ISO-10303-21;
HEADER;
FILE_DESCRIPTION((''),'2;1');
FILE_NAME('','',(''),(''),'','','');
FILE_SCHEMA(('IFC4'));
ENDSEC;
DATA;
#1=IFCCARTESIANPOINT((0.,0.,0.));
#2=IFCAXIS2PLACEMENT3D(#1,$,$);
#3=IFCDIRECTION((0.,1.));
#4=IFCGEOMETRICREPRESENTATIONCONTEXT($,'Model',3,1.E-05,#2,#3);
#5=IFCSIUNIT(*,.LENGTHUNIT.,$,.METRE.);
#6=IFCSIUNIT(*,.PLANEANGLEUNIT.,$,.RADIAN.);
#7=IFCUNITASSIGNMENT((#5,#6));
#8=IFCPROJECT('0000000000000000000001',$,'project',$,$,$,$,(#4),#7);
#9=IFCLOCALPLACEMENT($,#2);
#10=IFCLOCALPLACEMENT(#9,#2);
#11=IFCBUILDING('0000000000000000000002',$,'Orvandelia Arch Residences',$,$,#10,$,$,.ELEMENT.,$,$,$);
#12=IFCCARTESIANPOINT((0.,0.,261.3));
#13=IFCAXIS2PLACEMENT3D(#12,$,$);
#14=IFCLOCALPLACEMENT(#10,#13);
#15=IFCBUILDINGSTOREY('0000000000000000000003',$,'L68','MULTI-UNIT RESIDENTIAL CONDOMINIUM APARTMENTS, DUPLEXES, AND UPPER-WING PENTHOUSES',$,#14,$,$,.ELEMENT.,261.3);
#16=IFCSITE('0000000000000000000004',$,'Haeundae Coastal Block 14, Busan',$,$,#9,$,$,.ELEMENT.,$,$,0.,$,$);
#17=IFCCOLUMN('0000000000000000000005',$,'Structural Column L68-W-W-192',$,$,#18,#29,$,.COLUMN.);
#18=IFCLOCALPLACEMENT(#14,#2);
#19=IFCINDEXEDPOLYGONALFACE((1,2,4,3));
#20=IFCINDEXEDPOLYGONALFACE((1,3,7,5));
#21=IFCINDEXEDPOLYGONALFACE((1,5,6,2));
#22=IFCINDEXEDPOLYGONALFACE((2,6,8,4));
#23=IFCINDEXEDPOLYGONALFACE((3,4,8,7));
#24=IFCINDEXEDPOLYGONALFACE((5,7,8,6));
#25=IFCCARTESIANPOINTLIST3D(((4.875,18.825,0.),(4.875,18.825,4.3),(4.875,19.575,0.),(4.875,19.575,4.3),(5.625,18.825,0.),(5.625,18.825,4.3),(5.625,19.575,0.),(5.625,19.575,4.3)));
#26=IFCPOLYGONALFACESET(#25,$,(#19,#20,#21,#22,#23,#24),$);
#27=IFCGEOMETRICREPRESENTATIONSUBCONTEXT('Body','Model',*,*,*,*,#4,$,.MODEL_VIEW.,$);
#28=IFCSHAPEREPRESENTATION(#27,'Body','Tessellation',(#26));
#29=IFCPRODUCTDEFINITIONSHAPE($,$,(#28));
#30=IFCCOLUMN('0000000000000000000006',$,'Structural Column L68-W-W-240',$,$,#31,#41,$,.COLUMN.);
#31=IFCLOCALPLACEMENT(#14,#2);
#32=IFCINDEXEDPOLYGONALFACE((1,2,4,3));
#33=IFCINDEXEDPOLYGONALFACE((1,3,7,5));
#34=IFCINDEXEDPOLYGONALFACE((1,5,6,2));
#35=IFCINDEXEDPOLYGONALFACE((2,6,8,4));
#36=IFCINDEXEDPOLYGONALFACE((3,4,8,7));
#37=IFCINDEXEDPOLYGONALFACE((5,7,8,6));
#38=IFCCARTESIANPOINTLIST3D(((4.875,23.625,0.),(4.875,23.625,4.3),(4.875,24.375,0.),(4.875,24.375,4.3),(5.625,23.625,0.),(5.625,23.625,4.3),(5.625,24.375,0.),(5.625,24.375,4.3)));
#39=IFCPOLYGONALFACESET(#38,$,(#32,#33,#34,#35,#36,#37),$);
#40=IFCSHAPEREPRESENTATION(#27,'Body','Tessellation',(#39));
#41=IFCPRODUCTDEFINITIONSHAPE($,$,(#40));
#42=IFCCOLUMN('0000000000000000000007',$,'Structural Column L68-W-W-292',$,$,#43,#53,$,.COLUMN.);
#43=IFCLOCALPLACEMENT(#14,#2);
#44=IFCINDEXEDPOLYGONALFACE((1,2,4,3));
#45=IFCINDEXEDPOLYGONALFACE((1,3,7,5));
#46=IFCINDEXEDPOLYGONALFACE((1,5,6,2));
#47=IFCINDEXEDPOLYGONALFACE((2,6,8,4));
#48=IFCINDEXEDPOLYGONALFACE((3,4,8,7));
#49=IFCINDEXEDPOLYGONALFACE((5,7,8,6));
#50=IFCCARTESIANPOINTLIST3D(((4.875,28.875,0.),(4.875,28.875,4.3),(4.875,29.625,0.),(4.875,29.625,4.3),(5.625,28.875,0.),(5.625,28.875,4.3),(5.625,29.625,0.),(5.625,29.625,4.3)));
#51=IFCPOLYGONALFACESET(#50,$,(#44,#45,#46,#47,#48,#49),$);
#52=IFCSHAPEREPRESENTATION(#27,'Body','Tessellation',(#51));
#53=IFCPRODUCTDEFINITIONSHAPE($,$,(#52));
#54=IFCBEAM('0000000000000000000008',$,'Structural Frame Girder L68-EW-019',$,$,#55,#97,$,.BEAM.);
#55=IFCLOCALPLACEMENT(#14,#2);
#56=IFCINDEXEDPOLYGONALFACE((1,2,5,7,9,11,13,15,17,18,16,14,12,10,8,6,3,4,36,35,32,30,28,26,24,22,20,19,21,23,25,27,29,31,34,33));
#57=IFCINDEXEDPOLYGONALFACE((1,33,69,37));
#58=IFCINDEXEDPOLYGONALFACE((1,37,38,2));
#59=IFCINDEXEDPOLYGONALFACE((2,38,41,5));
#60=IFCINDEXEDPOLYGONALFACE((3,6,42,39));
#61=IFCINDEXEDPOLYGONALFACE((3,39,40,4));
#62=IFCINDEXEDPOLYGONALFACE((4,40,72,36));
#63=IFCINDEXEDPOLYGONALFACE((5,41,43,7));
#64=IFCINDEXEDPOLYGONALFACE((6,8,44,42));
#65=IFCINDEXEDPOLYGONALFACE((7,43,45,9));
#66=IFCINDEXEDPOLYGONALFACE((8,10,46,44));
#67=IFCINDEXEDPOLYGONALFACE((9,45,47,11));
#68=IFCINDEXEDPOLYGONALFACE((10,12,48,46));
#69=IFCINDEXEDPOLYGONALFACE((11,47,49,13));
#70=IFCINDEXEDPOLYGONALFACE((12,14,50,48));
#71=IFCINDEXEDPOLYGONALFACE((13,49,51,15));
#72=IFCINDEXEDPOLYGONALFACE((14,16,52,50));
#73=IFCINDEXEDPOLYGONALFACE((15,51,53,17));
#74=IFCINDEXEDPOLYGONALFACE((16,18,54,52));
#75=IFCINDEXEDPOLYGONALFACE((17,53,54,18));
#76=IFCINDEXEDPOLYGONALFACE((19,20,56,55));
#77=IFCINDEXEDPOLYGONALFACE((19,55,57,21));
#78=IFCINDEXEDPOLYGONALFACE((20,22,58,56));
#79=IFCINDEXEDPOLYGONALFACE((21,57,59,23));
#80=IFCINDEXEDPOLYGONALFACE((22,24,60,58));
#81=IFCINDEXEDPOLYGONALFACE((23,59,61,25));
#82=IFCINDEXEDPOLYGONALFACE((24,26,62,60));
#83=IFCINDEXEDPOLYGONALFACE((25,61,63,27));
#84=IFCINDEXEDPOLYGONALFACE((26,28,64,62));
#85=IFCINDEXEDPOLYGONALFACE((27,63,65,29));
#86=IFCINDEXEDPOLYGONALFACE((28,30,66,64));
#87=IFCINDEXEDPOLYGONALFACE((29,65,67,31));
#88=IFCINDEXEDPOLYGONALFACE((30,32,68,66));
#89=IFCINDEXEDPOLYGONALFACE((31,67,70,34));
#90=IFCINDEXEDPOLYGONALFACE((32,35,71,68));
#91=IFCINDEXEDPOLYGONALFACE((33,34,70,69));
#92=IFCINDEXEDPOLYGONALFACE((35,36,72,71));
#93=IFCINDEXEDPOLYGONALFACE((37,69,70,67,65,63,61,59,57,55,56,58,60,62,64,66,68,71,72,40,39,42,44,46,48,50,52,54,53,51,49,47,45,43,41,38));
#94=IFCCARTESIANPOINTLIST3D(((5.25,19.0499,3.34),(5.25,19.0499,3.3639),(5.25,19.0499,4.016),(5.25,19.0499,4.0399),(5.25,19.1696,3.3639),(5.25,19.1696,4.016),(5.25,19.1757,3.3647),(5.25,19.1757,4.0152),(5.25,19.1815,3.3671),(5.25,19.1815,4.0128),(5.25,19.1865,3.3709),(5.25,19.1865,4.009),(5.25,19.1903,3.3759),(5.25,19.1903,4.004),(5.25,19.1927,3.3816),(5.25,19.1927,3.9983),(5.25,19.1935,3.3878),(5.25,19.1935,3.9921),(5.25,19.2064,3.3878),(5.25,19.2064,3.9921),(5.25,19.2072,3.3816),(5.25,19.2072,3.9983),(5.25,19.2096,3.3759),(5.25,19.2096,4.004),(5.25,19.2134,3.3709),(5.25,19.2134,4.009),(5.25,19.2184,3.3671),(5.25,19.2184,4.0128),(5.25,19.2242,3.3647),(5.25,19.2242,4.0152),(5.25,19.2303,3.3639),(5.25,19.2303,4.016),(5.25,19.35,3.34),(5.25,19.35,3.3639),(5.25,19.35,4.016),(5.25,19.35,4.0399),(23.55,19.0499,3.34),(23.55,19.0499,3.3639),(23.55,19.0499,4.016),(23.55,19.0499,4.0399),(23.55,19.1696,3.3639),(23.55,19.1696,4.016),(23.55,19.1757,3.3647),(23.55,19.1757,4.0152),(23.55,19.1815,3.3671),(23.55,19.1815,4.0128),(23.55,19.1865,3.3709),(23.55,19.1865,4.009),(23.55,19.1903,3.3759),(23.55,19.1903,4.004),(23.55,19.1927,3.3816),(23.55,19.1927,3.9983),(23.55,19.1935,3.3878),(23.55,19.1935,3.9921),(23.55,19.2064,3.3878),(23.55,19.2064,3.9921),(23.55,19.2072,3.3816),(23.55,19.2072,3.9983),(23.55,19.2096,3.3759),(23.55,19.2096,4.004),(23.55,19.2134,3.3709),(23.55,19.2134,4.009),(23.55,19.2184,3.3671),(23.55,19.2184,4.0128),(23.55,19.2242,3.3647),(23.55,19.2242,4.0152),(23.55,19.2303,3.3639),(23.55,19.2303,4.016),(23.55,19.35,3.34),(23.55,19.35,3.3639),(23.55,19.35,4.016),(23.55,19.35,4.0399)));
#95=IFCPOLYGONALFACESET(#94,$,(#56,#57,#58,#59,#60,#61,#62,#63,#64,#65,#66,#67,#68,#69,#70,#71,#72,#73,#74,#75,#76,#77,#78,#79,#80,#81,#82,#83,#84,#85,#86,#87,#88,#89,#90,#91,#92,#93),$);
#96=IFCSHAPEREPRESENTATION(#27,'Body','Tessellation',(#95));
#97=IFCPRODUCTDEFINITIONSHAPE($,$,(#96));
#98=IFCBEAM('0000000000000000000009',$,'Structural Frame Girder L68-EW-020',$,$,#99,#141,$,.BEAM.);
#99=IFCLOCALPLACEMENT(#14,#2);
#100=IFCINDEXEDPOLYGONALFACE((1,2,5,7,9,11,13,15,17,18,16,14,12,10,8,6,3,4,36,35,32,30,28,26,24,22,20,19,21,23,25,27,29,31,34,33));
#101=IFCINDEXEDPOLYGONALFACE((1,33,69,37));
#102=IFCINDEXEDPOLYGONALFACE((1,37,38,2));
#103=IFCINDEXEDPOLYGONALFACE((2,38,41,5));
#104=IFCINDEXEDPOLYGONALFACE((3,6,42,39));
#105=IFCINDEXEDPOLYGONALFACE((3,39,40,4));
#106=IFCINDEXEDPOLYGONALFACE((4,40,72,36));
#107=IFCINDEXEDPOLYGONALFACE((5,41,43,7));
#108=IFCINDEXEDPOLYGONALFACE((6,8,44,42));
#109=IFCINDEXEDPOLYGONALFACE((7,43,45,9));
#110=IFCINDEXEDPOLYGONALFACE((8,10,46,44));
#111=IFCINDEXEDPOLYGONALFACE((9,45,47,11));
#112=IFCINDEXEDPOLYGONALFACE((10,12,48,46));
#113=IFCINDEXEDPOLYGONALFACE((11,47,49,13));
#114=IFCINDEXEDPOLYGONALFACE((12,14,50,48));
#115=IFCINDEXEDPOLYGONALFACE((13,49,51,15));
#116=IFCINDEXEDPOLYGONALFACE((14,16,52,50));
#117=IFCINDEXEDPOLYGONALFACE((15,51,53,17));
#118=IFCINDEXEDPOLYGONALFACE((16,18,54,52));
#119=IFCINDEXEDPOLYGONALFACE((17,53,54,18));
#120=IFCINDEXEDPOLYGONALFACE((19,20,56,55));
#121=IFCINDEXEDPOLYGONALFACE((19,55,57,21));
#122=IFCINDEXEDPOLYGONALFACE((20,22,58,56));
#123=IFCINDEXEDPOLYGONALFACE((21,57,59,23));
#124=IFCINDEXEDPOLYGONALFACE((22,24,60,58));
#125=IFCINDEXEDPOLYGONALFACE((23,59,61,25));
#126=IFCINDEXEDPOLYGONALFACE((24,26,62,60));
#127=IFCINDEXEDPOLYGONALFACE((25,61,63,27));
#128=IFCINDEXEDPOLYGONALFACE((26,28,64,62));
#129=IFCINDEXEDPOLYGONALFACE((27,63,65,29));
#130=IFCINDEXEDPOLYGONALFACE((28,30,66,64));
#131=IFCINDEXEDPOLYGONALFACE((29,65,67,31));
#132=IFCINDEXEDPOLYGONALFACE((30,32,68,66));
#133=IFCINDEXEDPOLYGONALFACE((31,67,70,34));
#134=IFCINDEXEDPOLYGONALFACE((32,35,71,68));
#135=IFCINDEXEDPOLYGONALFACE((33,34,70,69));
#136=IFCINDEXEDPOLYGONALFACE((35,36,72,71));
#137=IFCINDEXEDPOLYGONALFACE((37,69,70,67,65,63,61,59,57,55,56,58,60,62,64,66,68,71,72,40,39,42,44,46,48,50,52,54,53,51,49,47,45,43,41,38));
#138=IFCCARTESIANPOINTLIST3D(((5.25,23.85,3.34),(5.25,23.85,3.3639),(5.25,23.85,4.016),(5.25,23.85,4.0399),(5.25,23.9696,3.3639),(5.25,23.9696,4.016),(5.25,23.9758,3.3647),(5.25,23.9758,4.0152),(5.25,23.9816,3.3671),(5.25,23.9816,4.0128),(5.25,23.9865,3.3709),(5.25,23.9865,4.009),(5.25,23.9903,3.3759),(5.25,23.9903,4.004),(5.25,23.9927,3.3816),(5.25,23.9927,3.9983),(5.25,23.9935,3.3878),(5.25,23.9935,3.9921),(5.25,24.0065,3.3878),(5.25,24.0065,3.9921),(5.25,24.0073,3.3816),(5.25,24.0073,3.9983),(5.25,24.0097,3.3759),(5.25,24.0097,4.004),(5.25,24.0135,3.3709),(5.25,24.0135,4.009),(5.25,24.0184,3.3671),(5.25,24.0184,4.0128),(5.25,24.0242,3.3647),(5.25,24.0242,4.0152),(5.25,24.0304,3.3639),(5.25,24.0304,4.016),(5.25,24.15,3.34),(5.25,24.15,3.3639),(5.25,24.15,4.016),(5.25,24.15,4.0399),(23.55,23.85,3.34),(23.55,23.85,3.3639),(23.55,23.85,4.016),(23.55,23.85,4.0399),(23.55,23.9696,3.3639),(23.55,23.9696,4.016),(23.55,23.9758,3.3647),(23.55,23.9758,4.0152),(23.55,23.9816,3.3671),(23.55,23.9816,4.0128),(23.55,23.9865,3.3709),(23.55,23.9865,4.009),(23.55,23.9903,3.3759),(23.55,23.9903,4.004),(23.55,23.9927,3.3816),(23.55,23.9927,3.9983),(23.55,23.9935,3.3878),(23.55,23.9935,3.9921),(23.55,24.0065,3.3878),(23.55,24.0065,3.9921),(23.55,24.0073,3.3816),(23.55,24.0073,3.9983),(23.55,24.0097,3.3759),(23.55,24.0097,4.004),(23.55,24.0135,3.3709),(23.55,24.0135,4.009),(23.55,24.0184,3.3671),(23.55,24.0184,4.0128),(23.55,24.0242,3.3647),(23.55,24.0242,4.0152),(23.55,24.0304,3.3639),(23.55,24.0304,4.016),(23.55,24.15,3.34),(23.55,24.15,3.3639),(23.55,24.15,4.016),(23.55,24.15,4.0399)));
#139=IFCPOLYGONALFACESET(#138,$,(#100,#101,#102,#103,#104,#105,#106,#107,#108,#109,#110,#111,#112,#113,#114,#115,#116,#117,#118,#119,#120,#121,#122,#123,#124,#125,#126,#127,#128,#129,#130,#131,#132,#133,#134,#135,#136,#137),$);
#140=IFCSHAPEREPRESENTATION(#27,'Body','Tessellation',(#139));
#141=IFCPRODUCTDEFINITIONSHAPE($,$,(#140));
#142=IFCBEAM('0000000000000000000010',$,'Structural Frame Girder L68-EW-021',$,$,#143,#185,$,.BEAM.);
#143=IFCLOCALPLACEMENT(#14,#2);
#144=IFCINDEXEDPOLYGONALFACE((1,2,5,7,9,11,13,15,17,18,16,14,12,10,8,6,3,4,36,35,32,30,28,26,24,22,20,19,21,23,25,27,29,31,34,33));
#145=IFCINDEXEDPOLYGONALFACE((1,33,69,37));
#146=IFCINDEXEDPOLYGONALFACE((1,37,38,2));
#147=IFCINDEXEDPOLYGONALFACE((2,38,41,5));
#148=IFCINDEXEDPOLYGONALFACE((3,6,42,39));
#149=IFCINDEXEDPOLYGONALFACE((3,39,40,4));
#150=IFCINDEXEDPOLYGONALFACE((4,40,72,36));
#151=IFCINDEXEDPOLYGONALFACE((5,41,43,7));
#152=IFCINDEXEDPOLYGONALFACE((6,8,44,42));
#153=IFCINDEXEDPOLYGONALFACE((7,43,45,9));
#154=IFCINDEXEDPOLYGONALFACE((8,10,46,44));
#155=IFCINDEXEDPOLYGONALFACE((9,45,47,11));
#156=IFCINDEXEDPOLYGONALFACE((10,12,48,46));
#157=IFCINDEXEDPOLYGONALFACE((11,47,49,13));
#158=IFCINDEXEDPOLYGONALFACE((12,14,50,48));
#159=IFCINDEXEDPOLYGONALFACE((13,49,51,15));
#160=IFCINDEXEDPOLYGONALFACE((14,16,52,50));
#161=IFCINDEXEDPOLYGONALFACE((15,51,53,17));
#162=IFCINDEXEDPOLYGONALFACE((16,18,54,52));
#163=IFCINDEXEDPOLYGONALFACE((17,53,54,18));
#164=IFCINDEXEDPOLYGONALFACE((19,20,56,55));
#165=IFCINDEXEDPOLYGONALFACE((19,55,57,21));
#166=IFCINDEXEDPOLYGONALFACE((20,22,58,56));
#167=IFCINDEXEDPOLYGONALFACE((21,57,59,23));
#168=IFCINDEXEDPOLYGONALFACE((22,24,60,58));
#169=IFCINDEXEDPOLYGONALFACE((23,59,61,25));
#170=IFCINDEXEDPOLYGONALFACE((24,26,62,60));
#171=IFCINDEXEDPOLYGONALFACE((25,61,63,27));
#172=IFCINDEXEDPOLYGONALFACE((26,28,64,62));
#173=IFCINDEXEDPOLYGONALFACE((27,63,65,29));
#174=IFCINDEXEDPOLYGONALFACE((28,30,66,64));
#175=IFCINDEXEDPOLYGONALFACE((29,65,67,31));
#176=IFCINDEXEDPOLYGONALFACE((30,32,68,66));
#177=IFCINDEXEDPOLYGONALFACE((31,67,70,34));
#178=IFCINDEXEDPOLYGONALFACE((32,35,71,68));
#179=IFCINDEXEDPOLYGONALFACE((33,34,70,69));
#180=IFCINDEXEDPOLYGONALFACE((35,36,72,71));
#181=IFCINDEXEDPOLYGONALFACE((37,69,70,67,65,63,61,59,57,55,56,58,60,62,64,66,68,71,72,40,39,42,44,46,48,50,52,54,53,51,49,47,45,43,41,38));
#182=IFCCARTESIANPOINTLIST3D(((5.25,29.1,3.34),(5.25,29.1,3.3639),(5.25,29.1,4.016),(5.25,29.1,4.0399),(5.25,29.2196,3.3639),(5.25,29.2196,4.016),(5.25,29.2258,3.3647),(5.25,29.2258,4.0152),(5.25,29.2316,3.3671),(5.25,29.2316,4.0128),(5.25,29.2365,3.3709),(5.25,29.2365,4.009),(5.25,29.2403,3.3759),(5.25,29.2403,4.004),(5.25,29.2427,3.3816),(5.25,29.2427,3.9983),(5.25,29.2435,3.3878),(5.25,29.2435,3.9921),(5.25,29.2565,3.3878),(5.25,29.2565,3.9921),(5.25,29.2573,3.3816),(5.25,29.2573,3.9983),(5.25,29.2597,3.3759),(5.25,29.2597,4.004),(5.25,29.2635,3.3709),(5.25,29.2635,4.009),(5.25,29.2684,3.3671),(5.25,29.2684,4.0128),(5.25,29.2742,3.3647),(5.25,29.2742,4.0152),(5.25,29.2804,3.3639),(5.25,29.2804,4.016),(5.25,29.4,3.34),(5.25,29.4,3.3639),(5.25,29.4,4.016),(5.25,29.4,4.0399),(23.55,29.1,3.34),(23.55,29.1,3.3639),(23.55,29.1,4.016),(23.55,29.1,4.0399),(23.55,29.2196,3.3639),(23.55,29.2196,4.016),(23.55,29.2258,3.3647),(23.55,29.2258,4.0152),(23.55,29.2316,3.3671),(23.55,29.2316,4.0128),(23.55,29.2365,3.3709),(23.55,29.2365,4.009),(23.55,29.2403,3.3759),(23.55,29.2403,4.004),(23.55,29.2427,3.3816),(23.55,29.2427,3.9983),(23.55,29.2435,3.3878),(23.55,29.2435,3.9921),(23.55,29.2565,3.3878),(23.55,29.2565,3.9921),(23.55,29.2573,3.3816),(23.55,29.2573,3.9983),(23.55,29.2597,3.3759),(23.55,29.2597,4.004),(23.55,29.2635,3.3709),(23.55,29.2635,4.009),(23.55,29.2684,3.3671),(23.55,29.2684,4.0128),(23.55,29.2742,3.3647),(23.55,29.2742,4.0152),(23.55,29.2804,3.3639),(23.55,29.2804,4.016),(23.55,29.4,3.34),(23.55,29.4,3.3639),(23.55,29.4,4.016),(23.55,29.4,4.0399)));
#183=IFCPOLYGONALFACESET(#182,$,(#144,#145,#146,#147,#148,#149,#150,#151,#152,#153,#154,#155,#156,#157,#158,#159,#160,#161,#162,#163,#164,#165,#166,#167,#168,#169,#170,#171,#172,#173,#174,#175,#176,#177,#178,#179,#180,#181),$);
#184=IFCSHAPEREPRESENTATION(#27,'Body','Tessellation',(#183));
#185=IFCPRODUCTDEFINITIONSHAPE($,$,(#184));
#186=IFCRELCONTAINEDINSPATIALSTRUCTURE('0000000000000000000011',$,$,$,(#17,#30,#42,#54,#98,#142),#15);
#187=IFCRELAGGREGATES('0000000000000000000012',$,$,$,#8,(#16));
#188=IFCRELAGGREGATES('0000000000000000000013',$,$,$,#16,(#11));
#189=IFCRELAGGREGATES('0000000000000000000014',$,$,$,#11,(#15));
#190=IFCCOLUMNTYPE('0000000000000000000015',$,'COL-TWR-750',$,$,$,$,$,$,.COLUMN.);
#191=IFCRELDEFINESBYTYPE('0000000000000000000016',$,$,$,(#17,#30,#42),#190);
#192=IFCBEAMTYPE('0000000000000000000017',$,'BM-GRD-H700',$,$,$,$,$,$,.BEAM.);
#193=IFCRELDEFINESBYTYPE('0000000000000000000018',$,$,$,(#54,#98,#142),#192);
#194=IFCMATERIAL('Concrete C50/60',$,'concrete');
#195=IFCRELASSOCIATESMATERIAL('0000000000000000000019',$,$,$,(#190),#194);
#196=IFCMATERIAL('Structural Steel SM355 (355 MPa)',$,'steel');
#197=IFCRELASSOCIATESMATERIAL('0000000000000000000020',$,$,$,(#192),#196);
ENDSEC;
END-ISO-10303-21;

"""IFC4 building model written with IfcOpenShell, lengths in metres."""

from ifc_helpers import new_model, si_unit, direction, frame, origin, origin_2d, place, context, subcontext, project, spatial, rectangle, i_section, extrude, material, material_profile, profile_set, type_object, element, save


model = new_model("IFC4")

# Units and contexts
model_context = context("Model", 3, precision=1e-05, world=origin(), true_north=direction((0.0, 1.0)))
body_context = subcontext(model_context, "Body", "Model", "MODEL_VIEW")
ifc_project = project(units=[si_unit("LENGTHUNIT", "METRE"), si_unit("PLANEANGLEUNIT", "RADIAN")], contexts=[model_context])

# Site, building, storey
site_placement = place(None, origin())
site = spatial("IfcSite", under=ifc_project, at=site_placement, Name="Haeundae Coastal Block 14, Busan", CompositionType="ELEMENT", RefElevation=0.0)
building_placement = place(site_placement, origin())
building = spatial("IfcBuilding", under=site, at=building_placement, Name="Orvandelia Arch Residences", CompositionType="ELEMENT")
storey_placement = place(building_placement, frame((0.0, 0.0, 261.3)))
storey = spatial("IfcBuildingStorey", under=building, at=storey_placement, Name="L68", Description="MULTI-UNIT RESIDENTIAL CONDOMINIUM APARTMENTS, DUPLEXES, AND UPPER-WING PENTHOUSES", CompositionType="ELEMENT", Elevation=261.3)

# Columns
ifc_material_1 = material(Name="Concrete C50/60", Category="concrete")
ifc_material_profile_1 = material_profile(ifc_material_1, rectangle(XDim=0.75, YDim=0.75, at=origin_2d()), Name="Concrete C50/60", Category="concrete")
ifc_profile_set_1 = profile_set([ifc_material_profile_1], Name="Concrete C50/60")
column_type = type_object("IfcColumnType", Name="COL-TWR-750", PredefinedType="COLUMN", material=ifc_profile_set_1)
for number, where, z_axis, x_axis, name in (
    (1, (5.25, 19.2, 0.0), (0.0, 0.0, 1.0), (1.0, 0.0, 0.0), "Structural Column L68-W-W-192"),
    (2, (5.25, 24.0, 0.0), (0.0, 0.0, 1.0), (1.0, 0.0, 0.0), "Structural Column L68-W-W-240"),
    (3, (5.25, 29.25, 0.0), (0.0, 0.0, 1.0), (1.0, 0.0, 0.0), "Structural Column L68-W-W-292"),
):
    element("IfcColumn", number, at=place(storey_placement, frame(where, z_axis=z_axis, x_axis=x_axis)), inside=storey, type_object=column_type, Name=name, PredefinedType="COLUMN", context=body_context, shape_type="SweptSolid", body=[
        extrude(rectangle(XDim=0.75, YDim=0.75, at=origin_2d()), origin(), (0.0, 0.0, 1.0), 4.3),
    ])

# Beams
ifc_material_2 = material(Name="Structural Steel SM355 (355 MPa)", Category="steel")
ifc_material_profile_2 = material_profile(ifc_material_2, i_section(OverallWidth=0.3, OverallDepth=0.7, WebThickness=0.0129, FlangeThickness=0.0239, FilletRadius=0.0239, at=origin_2d()), Name="Structural Steel SM355 (355 MPa)", Category="steel")
ifc_profile_set_2 = profile_set([ifc_material_profile_2], Name="Structural Steel SM355 (355 MPa)")
beam_type_1 = type_object("IfcBeamType", Name="BM-GRD-H700", PredefinedType="BEAM", material=ifc_profile_set_2)
for number, where, z_axis, x_axis, name in (
    (4, (5.25, 19.2, 3.6899), (1.0, 0.0, 0.0), (0.0, 1.0, 0.0), "Structural Frame Girder L68-EW-019"),
    (5, (5.25, 24.0, 3.6899), (1.0, 0.0, 0.0), (0.0, 1.0, 0.0), "Structural Frame Girder L68-EW-020"),
    (6, (5.25, 29.25, 3.6899), (1.0, 0.0, 0.0), (0.0, 1.0, 0.0), "Structural Frame Girder L68-EW-021"),
):
    element("IfcBeam", number, at=place(storey_placement, frame(where, z_axis=z_axis, x_axis=x_axis)), inside=storey, type_object=beam_type_1, Name=name, PredefinedType="BEAM", context=body_context, shape_type="SweptSolid", body=[
        extrude(i_section(OverallWidth=0.3, OverallDepth=0.7, WebThickness=0.0129, FlangeThickness=0.0239, FilletRadius=0.0239, at=origin_2d()), origin(), (0.0, 0.0, 1.0), 18.3),
    ])

save(model, "model.ifc")
